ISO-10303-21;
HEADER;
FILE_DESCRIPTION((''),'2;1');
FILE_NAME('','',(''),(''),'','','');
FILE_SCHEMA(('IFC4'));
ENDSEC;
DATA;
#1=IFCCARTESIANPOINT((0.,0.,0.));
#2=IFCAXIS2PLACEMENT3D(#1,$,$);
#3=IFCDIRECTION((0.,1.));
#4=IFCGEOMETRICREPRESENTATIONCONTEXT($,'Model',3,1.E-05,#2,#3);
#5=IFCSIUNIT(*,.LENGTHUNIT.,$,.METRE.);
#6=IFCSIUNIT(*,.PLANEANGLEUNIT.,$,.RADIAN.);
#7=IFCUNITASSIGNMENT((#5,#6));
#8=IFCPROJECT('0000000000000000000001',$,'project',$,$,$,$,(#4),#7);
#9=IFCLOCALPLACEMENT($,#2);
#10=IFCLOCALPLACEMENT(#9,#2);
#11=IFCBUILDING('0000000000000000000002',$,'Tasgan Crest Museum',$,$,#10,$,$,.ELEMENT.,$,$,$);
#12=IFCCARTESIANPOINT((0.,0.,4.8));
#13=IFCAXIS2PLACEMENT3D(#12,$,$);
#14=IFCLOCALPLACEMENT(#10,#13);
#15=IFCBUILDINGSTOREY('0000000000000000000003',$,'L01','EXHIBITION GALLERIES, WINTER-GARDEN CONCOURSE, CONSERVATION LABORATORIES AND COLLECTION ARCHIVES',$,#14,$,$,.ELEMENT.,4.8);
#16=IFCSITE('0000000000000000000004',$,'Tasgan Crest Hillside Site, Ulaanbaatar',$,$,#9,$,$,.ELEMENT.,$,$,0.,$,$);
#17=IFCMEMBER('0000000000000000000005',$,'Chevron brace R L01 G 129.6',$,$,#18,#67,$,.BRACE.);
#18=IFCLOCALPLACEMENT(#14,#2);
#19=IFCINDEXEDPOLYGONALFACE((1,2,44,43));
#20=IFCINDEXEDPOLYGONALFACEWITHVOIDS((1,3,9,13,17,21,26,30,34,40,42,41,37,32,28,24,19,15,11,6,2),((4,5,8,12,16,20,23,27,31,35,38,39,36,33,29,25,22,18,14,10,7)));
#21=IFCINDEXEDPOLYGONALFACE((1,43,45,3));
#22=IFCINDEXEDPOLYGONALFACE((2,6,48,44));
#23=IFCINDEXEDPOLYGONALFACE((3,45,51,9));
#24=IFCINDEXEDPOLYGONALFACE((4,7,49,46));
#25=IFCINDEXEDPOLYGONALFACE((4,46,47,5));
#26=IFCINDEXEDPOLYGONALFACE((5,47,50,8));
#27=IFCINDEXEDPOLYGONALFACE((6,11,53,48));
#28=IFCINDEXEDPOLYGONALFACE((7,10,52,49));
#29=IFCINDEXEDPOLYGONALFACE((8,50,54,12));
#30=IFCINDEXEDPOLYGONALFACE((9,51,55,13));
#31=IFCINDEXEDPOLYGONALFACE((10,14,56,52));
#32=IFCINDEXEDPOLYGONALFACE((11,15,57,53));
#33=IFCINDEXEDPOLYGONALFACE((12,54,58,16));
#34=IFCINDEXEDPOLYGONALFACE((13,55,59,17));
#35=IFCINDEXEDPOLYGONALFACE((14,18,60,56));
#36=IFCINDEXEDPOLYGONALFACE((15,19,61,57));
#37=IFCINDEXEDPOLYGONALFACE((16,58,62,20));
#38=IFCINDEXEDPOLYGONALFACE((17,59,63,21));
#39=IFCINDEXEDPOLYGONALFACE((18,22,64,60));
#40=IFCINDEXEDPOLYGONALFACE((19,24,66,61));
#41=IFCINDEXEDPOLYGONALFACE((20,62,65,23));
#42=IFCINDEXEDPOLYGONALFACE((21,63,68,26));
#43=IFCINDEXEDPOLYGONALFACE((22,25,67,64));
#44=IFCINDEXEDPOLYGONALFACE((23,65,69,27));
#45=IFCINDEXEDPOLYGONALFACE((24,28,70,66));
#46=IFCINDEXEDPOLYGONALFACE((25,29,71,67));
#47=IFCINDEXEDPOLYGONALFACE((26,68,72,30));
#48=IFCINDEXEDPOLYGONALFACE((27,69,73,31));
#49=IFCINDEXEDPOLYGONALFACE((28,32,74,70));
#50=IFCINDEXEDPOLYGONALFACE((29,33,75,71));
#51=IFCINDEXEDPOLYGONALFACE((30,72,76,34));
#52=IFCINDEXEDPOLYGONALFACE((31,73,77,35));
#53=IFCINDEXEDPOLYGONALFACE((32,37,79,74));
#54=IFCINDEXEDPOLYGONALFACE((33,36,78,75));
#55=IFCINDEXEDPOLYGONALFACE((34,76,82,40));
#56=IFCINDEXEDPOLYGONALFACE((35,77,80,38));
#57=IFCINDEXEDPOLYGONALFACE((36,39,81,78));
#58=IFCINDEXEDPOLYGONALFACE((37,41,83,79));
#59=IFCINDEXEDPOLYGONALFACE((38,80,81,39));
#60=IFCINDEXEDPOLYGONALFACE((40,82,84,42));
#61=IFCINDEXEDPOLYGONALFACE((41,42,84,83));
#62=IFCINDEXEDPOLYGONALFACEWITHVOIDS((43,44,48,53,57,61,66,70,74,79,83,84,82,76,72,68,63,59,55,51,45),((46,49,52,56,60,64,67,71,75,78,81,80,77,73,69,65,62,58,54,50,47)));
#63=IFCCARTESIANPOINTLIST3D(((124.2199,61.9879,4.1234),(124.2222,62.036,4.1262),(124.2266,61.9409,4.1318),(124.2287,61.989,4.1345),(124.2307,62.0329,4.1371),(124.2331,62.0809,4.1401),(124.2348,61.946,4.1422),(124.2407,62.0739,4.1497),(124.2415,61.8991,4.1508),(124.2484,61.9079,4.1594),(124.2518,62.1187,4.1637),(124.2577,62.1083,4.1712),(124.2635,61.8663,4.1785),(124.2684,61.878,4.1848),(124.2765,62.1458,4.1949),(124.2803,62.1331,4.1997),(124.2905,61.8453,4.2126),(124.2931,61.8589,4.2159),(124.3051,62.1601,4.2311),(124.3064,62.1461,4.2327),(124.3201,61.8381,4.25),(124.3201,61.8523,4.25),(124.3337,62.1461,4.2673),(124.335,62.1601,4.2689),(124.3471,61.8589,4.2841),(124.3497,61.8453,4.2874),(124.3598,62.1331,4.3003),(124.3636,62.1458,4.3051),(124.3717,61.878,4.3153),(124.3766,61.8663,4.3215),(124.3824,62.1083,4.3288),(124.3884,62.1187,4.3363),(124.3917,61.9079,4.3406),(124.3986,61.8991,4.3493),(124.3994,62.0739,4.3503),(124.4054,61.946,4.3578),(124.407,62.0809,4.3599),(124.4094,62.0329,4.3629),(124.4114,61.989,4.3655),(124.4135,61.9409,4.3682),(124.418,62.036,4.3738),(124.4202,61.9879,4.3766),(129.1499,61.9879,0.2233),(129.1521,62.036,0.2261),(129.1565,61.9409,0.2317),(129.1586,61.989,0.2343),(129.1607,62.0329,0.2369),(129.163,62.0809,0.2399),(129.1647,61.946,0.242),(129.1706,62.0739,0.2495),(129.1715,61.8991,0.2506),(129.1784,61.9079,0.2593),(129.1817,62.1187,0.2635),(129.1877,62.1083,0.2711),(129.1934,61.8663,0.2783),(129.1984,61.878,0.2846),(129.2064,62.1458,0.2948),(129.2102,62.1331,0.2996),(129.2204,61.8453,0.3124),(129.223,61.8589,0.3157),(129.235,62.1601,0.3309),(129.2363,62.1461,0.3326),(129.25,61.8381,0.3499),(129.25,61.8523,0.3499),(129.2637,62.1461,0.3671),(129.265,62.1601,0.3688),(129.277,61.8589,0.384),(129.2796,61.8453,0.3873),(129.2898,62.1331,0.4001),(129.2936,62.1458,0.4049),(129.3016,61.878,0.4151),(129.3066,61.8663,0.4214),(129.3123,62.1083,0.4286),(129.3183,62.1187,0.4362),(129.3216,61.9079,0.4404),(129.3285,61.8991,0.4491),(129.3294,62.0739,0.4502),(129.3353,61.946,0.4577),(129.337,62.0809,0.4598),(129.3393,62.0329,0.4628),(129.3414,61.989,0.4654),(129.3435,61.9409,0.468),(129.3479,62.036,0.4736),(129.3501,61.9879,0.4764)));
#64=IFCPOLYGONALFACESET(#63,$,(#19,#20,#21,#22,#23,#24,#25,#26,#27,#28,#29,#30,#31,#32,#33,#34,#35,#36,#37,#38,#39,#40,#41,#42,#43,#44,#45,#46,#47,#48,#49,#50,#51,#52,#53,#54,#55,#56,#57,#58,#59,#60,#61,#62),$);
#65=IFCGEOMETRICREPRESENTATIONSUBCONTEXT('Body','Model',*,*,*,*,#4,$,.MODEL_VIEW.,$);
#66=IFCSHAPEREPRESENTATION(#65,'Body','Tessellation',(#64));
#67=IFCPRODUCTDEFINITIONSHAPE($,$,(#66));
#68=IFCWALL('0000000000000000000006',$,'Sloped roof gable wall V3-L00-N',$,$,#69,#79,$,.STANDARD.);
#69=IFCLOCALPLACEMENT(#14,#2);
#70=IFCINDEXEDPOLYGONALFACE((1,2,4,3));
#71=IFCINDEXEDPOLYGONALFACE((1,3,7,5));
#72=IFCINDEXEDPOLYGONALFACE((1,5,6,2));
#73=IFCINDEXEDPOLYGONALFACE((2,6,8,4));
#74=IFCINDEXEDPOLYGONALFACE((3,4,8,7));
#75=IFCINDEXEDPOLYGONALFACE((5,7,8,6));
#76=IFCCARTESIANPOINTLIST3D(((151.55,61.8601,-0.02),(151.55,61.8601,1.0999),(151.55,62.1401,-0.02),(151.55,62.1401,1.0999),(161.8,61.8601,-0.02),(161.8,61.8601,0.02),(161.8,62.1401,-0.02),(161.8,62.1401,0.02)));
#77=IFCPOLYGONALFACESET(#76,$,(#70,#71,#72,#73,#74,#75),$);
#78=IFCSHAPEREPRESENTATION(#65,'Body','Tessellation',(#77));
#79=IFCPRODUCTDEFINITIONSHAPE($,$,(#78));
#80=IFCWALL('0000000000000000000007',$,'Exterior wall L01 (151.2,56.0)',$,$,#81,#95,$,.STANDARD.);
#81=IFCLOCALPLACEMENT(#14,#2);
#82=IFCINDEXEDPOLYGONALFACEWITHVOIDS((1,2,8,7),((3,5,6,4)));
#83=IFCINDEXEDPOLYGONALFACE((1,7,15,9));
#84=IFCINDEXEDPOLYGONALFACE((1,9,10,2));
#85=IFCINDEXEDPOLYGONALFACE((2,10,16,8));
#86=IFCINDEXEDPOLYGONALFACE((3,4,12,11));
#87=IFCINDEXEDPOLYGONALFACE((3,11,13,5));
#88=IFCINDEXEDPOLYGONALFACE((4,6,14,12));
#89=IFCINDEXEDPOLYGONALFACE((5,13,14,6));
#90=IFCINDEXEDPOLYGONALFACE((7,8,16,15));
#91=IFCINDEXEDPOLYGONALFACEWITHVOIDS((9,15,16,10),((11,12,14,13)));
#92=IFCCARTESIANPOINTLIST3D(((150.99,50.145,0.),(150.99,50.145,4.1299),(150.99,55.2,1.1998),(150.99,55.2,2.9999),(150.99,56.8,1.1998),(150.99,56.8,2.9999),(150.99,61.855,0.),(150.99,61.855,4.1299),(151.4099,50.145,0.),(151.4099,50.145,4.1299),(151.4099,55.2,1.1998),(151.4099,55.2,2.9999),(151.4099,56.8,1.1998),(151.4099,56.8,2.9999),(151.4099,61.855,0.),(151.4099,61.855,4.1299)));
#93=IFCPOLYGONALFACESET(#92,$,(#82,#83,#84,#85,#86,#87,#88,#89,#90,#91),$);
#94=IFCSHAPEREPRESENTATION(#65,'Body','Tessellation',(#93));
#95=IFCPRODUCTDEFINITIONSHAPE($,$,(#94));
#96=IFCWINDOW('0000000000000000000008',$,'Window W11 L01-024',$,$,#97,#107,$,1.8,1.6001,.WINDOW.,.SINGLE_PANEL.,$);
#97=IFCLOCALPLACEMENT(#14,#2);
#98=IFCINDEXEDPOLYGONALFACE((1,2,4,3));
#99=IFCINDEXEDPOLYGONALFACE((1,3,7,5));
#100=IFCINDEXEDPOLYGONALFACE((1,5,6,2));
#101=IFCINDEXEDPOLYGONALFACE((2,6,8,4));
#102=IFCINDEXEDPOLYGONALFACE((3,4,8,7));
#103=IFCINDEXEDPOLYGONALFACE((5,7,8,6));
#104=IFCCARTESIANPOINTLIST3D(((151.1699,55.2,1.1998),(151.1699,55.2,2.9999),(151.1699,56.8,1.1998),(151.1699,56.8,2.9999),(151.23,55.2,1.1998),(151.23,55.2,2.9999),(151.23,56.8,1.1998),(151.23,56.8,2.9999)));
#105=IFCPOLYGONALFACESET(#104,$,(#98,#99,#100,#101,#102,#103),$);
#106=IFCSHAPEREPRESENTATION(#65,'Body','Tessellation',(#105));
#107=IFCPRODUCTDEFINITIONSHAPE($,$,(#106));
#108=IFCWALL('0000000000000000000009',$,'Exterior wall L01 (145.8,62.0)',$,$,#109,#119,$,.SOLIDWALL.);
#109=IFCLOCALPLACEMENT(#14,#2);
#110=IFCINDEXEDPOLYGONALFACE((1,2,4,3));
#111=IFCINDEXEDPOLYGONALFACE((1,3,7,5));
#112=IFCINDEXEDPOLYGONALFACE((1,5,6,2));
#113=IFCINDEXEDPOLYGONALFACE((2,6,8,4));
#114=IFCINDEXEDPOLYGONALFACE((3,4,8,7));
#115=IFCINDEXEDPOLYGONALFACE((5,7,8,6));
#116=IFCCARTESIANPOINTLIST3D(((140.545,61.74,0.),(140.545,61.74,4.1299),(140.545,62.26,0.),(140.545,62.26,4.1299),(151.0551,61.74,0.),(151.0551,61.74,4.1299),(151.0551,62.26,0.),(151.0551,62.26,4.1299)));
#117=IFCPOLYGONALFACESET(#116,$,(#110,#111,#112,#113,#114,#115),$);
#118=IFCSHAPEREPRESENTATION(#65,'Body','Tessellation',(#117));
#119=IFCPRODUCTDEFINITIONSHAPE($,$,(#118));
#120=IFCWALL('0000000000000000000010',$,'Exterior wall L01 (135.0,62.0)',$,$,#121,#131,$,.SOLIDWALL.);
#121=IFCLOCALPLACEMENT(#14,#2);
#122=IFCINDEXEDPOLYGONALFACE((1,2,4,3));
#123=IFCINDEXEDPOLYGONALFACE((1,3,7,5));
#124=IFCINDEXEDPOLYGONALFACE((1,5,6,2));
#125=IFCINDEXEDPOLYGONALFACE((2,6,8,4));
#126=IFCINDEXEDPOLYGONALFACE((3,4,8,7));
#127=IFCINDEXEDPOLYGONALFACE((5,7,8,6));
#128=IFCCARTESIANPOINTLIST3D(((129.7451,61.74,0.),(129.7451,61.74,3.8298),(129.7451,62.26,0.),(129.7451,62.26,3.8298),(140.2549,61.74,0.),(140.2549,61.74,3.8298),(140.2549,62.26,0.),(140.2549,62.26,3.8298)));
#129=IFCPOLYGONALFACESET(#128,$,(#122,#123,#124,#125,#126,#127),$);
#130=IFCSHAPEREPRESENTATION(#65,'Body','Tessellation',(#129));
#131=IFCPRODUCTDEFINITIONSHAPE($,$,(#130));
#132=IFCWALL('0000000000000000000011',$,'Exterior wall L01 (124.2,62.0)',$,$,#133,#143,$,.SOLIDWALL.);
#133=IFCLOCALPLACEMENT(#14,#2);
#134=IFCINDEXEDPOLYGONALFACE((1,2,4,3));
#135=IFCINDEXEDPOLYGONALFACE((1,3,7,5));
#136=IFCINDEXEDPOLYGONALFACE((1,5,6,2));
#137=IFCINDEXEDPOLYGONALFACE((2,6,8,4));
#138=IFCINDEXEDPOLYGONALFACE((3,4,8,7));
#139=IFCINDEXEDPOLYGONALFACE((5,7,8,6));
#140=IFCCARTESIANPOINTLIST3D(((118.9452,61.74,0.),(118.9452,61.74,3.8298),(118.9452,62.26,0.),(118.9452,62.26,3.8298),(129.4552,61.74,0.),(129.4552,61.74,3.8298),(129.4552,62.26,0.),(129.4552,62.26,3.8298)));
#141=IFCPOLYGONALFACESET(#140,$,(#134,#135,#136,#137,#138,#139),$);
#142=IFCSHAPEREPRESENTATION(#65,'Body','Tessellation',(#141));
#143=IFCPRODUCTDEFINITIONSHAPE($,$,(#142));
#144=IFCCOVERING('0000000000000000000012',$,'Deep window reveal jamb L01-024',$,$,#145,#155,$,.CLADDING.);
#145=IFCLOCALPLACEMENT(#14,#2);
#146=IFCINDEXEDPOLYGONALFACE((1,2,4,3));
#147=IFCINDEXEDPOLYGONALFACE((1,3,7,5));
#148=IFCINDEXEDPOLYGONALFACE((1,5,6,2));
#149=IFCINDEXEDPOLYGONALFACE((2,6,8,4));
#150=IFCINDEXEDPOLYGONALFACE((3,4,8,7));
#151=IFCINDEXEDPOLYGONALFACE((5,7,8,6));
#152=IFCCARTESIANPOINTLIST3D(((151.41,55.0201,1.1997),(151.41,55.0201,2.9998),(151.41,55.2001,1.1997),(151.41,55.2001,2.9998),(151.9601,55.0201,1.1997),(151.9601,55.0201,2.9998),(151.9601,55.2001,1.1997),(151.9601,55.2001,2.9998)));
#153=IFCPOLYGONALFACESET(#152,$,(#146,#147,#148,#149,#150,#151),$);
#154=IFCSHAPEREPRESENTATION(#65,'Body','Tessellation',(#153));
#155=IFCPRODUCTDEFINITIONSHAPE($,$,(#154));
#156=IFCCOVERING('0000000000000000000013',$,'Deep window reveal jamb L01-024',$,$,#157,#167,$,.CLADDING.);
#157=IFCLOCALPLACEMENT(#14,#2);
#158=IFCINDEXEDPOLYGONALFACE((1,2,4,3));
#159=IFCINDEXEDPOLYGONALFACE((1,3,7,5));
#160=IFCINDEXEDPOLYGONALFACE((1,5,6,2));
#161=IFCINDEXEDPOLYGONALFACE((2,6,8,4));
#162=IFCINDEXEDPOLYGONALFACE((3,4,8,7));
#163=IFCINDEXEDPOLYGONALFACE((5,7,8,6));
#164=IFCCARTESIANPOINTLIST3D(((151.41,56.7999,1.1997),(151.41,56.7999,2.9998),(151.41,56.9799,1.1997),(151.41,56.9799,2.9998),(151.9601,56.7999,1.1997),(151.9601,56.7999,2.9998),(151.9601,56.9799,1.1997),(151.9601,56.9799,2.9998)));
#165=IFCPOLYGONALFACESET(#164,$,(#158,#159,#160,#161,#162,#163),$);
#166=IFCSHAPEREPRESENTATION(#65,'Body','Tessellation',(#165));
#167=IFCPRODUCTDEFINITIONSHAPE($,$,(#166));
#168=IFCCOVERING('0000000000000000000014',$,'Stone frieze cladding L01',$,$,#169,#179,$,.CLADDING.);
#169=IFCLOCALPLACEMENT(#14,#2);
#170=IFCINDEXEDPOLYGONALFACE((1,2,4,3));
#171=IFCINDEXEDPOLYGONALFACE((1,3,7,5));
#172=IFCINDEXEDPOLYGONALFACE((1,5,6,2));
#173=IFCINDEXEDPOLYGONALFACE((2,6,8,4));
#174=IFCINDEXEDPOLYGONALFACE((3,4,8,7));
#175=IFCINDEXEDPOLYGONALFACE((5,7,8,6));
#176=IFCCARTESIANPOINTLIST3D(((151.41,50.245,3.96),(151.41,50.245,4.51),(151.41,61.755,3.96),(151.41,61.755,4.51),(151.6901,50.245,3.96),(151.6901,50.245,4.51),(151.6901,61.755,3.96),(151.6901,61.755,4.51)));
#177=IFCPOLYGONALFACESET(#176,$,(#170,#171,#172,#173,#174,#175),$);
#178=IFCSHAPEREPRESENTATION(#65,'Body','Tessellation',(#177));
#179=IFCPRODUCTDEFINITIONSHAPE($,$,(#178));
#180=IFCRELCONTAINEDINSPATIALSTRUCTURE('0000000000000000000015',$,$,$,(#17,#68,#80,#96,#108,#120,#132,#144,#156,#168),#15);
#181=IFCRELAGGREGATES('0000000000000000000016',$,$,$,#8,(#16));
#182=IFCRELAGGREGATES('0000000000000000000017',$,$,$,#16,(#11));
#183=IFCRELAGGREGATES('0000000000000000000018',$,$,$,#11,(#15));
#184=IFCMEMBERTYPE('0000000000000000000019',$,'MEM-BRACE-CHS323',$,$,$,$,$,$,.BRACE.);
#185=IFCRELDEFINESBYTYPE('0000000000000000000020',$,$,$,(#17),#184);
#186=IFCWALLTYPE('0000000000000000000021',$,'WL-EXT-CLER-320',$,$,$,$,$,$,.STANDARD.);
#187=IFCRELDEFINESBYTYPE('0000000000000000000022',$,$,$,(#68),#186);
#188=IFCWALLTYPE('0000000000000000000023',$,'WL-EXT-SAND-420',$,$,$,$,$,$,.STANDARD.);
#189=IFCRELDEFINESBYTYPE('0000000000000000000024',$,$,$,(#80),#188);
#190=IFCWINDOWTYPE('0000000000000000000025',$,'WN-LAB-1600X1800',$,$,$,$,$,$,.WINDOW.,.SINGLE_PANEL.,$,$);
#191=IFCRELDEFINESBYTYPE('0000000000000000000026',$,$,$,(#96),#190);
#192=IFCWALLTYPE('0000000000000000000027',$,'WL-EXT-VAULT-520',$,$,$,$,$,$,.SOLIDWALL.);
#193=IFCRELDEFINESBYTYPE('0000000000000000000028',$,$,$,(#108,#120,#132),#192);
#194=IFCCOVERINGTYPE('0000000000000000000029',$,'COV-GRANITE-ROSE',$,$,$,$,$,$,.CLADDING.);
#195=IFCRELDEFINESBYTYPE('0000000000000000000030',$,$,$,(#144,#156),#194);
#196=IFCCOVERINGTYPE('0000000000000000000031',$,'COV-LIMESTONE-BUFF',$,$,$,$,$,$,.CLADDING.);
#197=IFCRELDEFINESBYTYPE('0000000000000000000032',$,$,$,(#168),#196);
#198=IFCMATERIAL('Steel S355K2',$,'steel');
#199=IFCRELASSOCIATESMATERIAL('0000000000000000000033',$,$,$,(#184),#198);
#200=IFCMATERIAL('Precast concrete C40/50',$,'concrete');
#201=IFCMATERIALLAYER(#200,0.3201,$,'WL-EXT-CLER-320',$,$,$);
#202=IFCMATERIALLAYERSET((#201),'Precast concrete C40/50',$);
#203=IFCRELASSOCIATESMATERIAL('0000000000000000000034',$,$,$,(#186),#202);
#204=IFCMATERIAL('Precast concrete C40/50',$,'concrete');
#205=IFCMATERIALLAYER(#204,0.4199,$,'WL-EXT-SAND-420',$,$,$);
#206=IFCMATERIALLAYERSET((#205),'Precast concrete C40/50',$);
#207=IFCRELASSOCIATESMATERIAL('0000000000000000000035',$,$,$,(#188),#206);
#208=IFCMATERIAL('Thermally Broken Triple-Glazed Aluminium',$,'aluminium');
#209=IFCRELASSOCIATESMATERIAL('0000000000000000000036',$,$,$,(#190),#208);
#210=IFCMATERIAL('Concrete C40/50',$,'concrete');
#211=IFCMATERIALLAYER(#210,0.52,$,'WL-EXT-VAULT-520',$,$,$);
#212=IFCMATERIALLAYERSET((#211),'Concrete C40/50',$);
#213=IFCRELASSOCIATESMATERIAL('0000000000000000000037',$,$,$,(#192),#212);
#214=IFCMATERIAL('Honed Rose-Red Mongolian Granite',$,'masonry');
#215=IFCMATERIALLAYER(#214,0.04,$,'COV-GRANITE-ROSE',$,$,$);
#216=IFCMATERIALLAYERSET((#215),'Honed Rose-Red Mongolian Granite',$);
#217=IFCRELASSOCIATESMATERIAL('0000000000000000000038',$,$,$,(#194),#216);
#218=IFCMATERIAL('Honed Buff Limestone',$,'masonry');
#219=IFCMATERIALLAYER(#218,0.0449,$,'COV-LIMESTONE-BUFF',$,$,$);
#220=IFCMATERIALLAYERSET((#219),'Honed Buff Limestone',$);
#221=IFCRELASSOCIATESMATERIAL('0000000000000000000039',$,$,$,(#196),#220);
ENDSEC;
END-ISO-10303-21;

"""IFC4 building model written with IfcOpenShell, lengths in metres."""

from ifc_helpers import new_model, si_unit, direction, frame, frame_2d, origin, origin_2d, place, context, subcontext, project, spatial, polyline, rectangle, hollow_circle, outline, extrude, material, layer, layer_set, material_profile, profile_set, type_object, element, fill, save


model = new_model("IFC4")

# Units and contexts
model_context = context("Model", 3, precision=1e-05, world=origin(), true_north=direction((0.0, 1.0)))
body_context = subcontext(model_context, "Body", "Model", "MODEL_VIEW")
ifc_project = project(units=[si_unit("LENGTHUNIT", "METRE"), si_unit("PLANEANGLEUNIT", "RADIAN")], contexts=[model_context])

# Site, building, storey
site_placement = place(None, origin())
site = spatial("IfcSite", under=ifc_project, at=site_placement, Name="Tasgan Crest Hillside Site, Ulaanbaatar", CompositionType="ELEMENT", RefElevation=0.0)
building_placement = place(site_placement, origin())
building = spatial("IfcBuilding", under=site, at=building_placement, Name="Tasgan Crest Museum", CompositionType="ELEMENT")
storey_placement = place(building_placement, frame((0.0, 0.0, 4.8)))
storey = spatial("IfcBuildingStorey", under=building, at=storey_placement, Name="L01", Description="EXHIBITION GALLERIES, WINTER-GARDEN CONCOURSE, CONSERVATION LABORATORIES AND COLLECTION ARCHIVES", CompositionType="ELEMENT", Elevation=4.8)

# Member
ifc_material_1 = material(Name="Steel S355K2", Category="steel")
ifc_material_profile_1 = material_profile(ifc_material_1, hollow_circle(Radius=0.1619, WallThickness=0.0142, at=origin_2d()), Name="CHS 323.9x14.2")
ifc_profile_set_1 = profile_set([ifc_material_profile_1], Name="Steel S355K2")
member_type = type_object("IfcMemberType", Name="MEM-BRACE-CHS323", PredefinedType="BRACE", material=ifc_profile_set_1)
member_placement = place(storey_placement, frame((129.25, 62.0, 0.3499), z_axis=(-0.784256, 0.0, 0.620437), x_axis=(0.0, -1.0, 0.0)))
element("IfcMember", 1, at=member_placement, inside=storey, type_object=member_type, Name="Chevron brace R L01 G 129.6", PredefinedType="BRACE", context=body_context, shape_type="SweptSolid", body=[
    extrude(hollow_circle(Radius=0.1619, WallThickness=0.0142, at=origin_2d()), origin(), (0.0, 0.0, 1.0), 6.2861),
])

# Wall
ifc_material_2 = material(Name="Precast concrete C40/50", Category="concrete")
ifc_layer_1 = layer(ifc_material_2, 0.3201, Name="WL-EXT-CLER-320")
ifc_layer_set_1 = layer_set([ifc_layer_1], Name="Precast concrete C40/50")
wall_type_1 = type_object("IfcWallType", Name="WL-EXT-CLER-320", PredefinedType="STANDARD", material=ifc_layer_set_1)
wall_1_placement = place(storey_placement, frame((151.55, 62.0, -0.02), z_axis=(0.0, 0.0, 1.0), x_axis=(1.0, 0.0, 0.0)))
element("IfcWall", 2, at=wall_1_placement, inside=storey, type_object=wall_type_1, Name="Sloped roof gable wall V3-L00-N", PredefinedType="STANDARD", context=body_context, shape_type="SweptSolid", body=[
    extrude(outline(polyline([(0.0, 0.0), (10.25, 0.0), (10.25, 0.04), (0.0, 1.1199), (0.0, 0.0)])), frame((0.0, 0.1401, 0.0), z_axis=(0.0, -1.0, 0.0), x_axis=(1.0, 0.0, 0.0)), (0.0, 0.0, 1.0), 0.28),
])

# Wall, opening, window
ifc_material_3 = material(Name="Precast concrete C40/50", Category="concrete")
ifc_layer_2 = layer(ifc_material_3, 0.4199, Name="WL-EXT-SAND-420")
ifc_layer_set_2 = layer_set([ifc_layer_2], Name="Precast concrete C40/50")
wall_type_2 = type_object("IfcWallType", Name="WL-EXT-SAND-420", PredefinedType="STANDARD", material=ifc_layer_set_2)
wall_2_placement = place(storey_placement, frame((151.2, 50.145, 0.0), z_axis=(0.0, 0.0, 1.0), x_axis=(0.0, 1.0, 0.0)))
wall_2 = element("IfcWall", 3, at=wall_2_placement, inside=storey, type_object=wall_type_2, Name="Exterior wall L01 (151.2,56.0)", PredefinedType="STANDARD", context=body_context, shape_type="SweptSolid", body=[
    extrude(rectangle(XDim=11.71, YDim=0.4199, at=frame_2d((5.855, 0.0))), origin(), (0.0, 0.0, 1.0), 4.1299),
])
opening_placement = place(wall_2_placement, frame((5.0549, 0.0, 1.2)))
opening = element("IfcOpeningElement", 4, at=opening_placement, cuts=wall_2, PredefinedType="OPENING", context=body_context, shape_type="SweptSolid", body=[
    extrude(rectangle(XDim=1.6001, YDim=1.8, at=frame_2d((0.8, 0.8999))), frame((0.0, 0.22, 0.0), z_axis=(0.0, -1.0, 0.0), x_axis=(1.0, 0.0, 0.0)), (0.0, 0.0, 1.0), 0.4399),
])
ifc_material_4 = material(Name="Thermally Broken Triple-Glazed Aluminium", Category="aluminium")
window_type = type_object("IfcWindowType", Name="WN-LAB-1600X1800", PartitioningType="SINGLE_PANEL", PredefinedType="WINDOW", material=ifc_material_4)
window_placement = place(opening_placement, origin())
window = element("IfcWindow", 5, at=window_placement, inside=storey, type_object=window_type, Name="Window W11 L01-024", OverallHeight=1.8, OverallWidth=1.6001, PartitioningType="SINGLE_PANEL", PredefinedType="WINDOW", context=body_context, shape_type="SweptSolid", body=[
    extrude(rectangle(XDim=1.6001, YDim=1.8, at=frame_2d((0.8, 0.8999))), frame((0.0, 0.03, 0.0), z_axis=(0.0, -1.0, 0.0), x_axis=(1.0, 0.0, 0.0)), (0.0, 0.0, 1.0), 0.0601),
])
fill(opening, window)

# Walls
ifc_material_5 = material(Name="Concrete C40/50", Category="concrete")
ifc_layer_3 = layer(ifc_material_5, 0.52, Name="WL-EXT-VAULT-520")
ifc_layer_set_3 = layer_set([ifc_layer_3], Name="Concrete C40/50")
wall_type_3 = type_object("IfcWallType", Name="WL-EXT-VAULT-520", PredefinedType="SOLIDWALL", material=ifc_layer_set_3)
wall_3_placement = place(storey_placement, frame((151.0549, 62.0, 0.0), z_axis=(0.0, 0.0, 1.0), x_axis=(-1.0, 0.0, 0.0)))
element("IfcWall", 6, at=wall_3_placement, inside=storey, type_object=wall_type_3, Name="Exterior wall L01 (145.8,62.0)", PredefinedType="SOLIDWALL", context=body_context, shape_type="SweptSolid", body=[
    extrude(rectangle(XDim=10.51, YDim=0.52, at=frame_2d((5.2549, 0.0))), origin(), (0.0, 0.0, 1.0), 4.1299),
])
wall_4_placement = place(storey_placement, frame((140.2549, 62.0, 0.0), z_axis=(0.0, 0.0, 1.0), x_axis=(-1.0, 0.0, 0.0)))
element("IfcWall", 7, at=wall_4_placement, inside=storey, type_object=wall_type_3, Name="Exterior wall L01 (135.0,62.0)", PredefinedType="SOLIDWALL", context=body_context, shape_type="SweptSolid", body=[
    extrude(rectangle(XDim=10.5098, YDim=0.52, at=frame_2d((5.2549, 0.0))), origin(), (0.0, 0.0, 1.0), 3.8298),
])
wall_5_placement = place(storey_placement, frame((129.4551, 62.0, 0.0), z_axis=(0.0, 0.0, 1.0), x_axis=(-1.0, 0.0, 0.0)))
element("IfcWall", 8, at=wall_5_placement, inside=storey, type_object=wall_type_3, Name="Exterior wall L01 (124.2,62.0)", PredefinedType="SOLIDWALL", context=body_context, shape_type="SweptSolid", body=[
    extrude(rectangle(XDim=10.51, YDim=0.52, at=frame_2d((5.2549, 0.0))), origin(), (0.0, 0.0, 1.0), 3.8298),
])

# Coverings
ifc_material_6 = material(Name="Honed Rose-Red Mongolian Granite", Category="masonry")
ifc_layer_4 = layer(ifc_material_6, 0.04, Name="COV-GRANITE-ROSE")
ifc_layer_set_4 = layer_set([ifc_layer_4], Name="Honed Rose-Red Mongolian Granite")
covering_type_1 = type_object("IfcCoveringType", Name="COV-GRANITE-ROSE", PredefinedType="CLADDING", material=ifc_layer_set_4)
for number, where, z_axis, x_axis, name in (
    (9, (151.6851, 55.1101, 1.1997), (0.0, 0.0, 1.0), (0.0, 1.0, 0.0), "Deep window reveal jamb L01-024"),
    (10, (151.6851, 56.8899, 1.1997), (0.0, 0.0, 1.0), (0.0, 1.0, 0.0), "Deep window reveal jamb L01-024"),
):
    element("IfcCovering", number, at=place(storey_placement, frame(where, z_axis=z_axis, x_axis=x_axis)), inside=storey, type_object=covering_type_1, Name=name, PredefinedType="CLADDING", context=body_context, shape_type="SweptSolid", body=[
        extrude(rectangle(XDim=0.1799, YDim=0.55, at=origin_2d()), origin(), (0.0, 0.0, 1.0), 1.8),
    ])
ifc_material_7 = material(Name="Honed Buff Limestone", Category="masonry")
ifc_layer_5 = layer(ifc_material_7, 0.0449, Name="COV-LIMESTONE-BUFF")
ifc_layer_set_5 = layer_set([ifc_layer_5], Name="Honed Buff Limestone")
covering_type_2 = type_object("IfcCoveringType", Name="COV-LIMESTONE-BUFF", PredefinedType="CLADDING", material=ifc_layer_set_5)
covering_1_placement = place(storey_placement, frame((151.55, 56.0, 3.96), z_axis=(0.0, 0.0, 1.0), x_axis=(0.0, 1.0, 0.0)))
element("IfcCovering", 11, at=covering_1_placement, inside=storey, type_object=covering_type_2, Name="Stone frieze cladding L01", PredefinedType="CLADDING", context=body_context, shape_type="SweptSolid", body=[
    extrude(rectangle(XDim=11.51, YDim=0.28, at=origin_2d()), origin(), (0.0, 0.0, 1.0), 0.55),
])

save(model, "model.ifc")
